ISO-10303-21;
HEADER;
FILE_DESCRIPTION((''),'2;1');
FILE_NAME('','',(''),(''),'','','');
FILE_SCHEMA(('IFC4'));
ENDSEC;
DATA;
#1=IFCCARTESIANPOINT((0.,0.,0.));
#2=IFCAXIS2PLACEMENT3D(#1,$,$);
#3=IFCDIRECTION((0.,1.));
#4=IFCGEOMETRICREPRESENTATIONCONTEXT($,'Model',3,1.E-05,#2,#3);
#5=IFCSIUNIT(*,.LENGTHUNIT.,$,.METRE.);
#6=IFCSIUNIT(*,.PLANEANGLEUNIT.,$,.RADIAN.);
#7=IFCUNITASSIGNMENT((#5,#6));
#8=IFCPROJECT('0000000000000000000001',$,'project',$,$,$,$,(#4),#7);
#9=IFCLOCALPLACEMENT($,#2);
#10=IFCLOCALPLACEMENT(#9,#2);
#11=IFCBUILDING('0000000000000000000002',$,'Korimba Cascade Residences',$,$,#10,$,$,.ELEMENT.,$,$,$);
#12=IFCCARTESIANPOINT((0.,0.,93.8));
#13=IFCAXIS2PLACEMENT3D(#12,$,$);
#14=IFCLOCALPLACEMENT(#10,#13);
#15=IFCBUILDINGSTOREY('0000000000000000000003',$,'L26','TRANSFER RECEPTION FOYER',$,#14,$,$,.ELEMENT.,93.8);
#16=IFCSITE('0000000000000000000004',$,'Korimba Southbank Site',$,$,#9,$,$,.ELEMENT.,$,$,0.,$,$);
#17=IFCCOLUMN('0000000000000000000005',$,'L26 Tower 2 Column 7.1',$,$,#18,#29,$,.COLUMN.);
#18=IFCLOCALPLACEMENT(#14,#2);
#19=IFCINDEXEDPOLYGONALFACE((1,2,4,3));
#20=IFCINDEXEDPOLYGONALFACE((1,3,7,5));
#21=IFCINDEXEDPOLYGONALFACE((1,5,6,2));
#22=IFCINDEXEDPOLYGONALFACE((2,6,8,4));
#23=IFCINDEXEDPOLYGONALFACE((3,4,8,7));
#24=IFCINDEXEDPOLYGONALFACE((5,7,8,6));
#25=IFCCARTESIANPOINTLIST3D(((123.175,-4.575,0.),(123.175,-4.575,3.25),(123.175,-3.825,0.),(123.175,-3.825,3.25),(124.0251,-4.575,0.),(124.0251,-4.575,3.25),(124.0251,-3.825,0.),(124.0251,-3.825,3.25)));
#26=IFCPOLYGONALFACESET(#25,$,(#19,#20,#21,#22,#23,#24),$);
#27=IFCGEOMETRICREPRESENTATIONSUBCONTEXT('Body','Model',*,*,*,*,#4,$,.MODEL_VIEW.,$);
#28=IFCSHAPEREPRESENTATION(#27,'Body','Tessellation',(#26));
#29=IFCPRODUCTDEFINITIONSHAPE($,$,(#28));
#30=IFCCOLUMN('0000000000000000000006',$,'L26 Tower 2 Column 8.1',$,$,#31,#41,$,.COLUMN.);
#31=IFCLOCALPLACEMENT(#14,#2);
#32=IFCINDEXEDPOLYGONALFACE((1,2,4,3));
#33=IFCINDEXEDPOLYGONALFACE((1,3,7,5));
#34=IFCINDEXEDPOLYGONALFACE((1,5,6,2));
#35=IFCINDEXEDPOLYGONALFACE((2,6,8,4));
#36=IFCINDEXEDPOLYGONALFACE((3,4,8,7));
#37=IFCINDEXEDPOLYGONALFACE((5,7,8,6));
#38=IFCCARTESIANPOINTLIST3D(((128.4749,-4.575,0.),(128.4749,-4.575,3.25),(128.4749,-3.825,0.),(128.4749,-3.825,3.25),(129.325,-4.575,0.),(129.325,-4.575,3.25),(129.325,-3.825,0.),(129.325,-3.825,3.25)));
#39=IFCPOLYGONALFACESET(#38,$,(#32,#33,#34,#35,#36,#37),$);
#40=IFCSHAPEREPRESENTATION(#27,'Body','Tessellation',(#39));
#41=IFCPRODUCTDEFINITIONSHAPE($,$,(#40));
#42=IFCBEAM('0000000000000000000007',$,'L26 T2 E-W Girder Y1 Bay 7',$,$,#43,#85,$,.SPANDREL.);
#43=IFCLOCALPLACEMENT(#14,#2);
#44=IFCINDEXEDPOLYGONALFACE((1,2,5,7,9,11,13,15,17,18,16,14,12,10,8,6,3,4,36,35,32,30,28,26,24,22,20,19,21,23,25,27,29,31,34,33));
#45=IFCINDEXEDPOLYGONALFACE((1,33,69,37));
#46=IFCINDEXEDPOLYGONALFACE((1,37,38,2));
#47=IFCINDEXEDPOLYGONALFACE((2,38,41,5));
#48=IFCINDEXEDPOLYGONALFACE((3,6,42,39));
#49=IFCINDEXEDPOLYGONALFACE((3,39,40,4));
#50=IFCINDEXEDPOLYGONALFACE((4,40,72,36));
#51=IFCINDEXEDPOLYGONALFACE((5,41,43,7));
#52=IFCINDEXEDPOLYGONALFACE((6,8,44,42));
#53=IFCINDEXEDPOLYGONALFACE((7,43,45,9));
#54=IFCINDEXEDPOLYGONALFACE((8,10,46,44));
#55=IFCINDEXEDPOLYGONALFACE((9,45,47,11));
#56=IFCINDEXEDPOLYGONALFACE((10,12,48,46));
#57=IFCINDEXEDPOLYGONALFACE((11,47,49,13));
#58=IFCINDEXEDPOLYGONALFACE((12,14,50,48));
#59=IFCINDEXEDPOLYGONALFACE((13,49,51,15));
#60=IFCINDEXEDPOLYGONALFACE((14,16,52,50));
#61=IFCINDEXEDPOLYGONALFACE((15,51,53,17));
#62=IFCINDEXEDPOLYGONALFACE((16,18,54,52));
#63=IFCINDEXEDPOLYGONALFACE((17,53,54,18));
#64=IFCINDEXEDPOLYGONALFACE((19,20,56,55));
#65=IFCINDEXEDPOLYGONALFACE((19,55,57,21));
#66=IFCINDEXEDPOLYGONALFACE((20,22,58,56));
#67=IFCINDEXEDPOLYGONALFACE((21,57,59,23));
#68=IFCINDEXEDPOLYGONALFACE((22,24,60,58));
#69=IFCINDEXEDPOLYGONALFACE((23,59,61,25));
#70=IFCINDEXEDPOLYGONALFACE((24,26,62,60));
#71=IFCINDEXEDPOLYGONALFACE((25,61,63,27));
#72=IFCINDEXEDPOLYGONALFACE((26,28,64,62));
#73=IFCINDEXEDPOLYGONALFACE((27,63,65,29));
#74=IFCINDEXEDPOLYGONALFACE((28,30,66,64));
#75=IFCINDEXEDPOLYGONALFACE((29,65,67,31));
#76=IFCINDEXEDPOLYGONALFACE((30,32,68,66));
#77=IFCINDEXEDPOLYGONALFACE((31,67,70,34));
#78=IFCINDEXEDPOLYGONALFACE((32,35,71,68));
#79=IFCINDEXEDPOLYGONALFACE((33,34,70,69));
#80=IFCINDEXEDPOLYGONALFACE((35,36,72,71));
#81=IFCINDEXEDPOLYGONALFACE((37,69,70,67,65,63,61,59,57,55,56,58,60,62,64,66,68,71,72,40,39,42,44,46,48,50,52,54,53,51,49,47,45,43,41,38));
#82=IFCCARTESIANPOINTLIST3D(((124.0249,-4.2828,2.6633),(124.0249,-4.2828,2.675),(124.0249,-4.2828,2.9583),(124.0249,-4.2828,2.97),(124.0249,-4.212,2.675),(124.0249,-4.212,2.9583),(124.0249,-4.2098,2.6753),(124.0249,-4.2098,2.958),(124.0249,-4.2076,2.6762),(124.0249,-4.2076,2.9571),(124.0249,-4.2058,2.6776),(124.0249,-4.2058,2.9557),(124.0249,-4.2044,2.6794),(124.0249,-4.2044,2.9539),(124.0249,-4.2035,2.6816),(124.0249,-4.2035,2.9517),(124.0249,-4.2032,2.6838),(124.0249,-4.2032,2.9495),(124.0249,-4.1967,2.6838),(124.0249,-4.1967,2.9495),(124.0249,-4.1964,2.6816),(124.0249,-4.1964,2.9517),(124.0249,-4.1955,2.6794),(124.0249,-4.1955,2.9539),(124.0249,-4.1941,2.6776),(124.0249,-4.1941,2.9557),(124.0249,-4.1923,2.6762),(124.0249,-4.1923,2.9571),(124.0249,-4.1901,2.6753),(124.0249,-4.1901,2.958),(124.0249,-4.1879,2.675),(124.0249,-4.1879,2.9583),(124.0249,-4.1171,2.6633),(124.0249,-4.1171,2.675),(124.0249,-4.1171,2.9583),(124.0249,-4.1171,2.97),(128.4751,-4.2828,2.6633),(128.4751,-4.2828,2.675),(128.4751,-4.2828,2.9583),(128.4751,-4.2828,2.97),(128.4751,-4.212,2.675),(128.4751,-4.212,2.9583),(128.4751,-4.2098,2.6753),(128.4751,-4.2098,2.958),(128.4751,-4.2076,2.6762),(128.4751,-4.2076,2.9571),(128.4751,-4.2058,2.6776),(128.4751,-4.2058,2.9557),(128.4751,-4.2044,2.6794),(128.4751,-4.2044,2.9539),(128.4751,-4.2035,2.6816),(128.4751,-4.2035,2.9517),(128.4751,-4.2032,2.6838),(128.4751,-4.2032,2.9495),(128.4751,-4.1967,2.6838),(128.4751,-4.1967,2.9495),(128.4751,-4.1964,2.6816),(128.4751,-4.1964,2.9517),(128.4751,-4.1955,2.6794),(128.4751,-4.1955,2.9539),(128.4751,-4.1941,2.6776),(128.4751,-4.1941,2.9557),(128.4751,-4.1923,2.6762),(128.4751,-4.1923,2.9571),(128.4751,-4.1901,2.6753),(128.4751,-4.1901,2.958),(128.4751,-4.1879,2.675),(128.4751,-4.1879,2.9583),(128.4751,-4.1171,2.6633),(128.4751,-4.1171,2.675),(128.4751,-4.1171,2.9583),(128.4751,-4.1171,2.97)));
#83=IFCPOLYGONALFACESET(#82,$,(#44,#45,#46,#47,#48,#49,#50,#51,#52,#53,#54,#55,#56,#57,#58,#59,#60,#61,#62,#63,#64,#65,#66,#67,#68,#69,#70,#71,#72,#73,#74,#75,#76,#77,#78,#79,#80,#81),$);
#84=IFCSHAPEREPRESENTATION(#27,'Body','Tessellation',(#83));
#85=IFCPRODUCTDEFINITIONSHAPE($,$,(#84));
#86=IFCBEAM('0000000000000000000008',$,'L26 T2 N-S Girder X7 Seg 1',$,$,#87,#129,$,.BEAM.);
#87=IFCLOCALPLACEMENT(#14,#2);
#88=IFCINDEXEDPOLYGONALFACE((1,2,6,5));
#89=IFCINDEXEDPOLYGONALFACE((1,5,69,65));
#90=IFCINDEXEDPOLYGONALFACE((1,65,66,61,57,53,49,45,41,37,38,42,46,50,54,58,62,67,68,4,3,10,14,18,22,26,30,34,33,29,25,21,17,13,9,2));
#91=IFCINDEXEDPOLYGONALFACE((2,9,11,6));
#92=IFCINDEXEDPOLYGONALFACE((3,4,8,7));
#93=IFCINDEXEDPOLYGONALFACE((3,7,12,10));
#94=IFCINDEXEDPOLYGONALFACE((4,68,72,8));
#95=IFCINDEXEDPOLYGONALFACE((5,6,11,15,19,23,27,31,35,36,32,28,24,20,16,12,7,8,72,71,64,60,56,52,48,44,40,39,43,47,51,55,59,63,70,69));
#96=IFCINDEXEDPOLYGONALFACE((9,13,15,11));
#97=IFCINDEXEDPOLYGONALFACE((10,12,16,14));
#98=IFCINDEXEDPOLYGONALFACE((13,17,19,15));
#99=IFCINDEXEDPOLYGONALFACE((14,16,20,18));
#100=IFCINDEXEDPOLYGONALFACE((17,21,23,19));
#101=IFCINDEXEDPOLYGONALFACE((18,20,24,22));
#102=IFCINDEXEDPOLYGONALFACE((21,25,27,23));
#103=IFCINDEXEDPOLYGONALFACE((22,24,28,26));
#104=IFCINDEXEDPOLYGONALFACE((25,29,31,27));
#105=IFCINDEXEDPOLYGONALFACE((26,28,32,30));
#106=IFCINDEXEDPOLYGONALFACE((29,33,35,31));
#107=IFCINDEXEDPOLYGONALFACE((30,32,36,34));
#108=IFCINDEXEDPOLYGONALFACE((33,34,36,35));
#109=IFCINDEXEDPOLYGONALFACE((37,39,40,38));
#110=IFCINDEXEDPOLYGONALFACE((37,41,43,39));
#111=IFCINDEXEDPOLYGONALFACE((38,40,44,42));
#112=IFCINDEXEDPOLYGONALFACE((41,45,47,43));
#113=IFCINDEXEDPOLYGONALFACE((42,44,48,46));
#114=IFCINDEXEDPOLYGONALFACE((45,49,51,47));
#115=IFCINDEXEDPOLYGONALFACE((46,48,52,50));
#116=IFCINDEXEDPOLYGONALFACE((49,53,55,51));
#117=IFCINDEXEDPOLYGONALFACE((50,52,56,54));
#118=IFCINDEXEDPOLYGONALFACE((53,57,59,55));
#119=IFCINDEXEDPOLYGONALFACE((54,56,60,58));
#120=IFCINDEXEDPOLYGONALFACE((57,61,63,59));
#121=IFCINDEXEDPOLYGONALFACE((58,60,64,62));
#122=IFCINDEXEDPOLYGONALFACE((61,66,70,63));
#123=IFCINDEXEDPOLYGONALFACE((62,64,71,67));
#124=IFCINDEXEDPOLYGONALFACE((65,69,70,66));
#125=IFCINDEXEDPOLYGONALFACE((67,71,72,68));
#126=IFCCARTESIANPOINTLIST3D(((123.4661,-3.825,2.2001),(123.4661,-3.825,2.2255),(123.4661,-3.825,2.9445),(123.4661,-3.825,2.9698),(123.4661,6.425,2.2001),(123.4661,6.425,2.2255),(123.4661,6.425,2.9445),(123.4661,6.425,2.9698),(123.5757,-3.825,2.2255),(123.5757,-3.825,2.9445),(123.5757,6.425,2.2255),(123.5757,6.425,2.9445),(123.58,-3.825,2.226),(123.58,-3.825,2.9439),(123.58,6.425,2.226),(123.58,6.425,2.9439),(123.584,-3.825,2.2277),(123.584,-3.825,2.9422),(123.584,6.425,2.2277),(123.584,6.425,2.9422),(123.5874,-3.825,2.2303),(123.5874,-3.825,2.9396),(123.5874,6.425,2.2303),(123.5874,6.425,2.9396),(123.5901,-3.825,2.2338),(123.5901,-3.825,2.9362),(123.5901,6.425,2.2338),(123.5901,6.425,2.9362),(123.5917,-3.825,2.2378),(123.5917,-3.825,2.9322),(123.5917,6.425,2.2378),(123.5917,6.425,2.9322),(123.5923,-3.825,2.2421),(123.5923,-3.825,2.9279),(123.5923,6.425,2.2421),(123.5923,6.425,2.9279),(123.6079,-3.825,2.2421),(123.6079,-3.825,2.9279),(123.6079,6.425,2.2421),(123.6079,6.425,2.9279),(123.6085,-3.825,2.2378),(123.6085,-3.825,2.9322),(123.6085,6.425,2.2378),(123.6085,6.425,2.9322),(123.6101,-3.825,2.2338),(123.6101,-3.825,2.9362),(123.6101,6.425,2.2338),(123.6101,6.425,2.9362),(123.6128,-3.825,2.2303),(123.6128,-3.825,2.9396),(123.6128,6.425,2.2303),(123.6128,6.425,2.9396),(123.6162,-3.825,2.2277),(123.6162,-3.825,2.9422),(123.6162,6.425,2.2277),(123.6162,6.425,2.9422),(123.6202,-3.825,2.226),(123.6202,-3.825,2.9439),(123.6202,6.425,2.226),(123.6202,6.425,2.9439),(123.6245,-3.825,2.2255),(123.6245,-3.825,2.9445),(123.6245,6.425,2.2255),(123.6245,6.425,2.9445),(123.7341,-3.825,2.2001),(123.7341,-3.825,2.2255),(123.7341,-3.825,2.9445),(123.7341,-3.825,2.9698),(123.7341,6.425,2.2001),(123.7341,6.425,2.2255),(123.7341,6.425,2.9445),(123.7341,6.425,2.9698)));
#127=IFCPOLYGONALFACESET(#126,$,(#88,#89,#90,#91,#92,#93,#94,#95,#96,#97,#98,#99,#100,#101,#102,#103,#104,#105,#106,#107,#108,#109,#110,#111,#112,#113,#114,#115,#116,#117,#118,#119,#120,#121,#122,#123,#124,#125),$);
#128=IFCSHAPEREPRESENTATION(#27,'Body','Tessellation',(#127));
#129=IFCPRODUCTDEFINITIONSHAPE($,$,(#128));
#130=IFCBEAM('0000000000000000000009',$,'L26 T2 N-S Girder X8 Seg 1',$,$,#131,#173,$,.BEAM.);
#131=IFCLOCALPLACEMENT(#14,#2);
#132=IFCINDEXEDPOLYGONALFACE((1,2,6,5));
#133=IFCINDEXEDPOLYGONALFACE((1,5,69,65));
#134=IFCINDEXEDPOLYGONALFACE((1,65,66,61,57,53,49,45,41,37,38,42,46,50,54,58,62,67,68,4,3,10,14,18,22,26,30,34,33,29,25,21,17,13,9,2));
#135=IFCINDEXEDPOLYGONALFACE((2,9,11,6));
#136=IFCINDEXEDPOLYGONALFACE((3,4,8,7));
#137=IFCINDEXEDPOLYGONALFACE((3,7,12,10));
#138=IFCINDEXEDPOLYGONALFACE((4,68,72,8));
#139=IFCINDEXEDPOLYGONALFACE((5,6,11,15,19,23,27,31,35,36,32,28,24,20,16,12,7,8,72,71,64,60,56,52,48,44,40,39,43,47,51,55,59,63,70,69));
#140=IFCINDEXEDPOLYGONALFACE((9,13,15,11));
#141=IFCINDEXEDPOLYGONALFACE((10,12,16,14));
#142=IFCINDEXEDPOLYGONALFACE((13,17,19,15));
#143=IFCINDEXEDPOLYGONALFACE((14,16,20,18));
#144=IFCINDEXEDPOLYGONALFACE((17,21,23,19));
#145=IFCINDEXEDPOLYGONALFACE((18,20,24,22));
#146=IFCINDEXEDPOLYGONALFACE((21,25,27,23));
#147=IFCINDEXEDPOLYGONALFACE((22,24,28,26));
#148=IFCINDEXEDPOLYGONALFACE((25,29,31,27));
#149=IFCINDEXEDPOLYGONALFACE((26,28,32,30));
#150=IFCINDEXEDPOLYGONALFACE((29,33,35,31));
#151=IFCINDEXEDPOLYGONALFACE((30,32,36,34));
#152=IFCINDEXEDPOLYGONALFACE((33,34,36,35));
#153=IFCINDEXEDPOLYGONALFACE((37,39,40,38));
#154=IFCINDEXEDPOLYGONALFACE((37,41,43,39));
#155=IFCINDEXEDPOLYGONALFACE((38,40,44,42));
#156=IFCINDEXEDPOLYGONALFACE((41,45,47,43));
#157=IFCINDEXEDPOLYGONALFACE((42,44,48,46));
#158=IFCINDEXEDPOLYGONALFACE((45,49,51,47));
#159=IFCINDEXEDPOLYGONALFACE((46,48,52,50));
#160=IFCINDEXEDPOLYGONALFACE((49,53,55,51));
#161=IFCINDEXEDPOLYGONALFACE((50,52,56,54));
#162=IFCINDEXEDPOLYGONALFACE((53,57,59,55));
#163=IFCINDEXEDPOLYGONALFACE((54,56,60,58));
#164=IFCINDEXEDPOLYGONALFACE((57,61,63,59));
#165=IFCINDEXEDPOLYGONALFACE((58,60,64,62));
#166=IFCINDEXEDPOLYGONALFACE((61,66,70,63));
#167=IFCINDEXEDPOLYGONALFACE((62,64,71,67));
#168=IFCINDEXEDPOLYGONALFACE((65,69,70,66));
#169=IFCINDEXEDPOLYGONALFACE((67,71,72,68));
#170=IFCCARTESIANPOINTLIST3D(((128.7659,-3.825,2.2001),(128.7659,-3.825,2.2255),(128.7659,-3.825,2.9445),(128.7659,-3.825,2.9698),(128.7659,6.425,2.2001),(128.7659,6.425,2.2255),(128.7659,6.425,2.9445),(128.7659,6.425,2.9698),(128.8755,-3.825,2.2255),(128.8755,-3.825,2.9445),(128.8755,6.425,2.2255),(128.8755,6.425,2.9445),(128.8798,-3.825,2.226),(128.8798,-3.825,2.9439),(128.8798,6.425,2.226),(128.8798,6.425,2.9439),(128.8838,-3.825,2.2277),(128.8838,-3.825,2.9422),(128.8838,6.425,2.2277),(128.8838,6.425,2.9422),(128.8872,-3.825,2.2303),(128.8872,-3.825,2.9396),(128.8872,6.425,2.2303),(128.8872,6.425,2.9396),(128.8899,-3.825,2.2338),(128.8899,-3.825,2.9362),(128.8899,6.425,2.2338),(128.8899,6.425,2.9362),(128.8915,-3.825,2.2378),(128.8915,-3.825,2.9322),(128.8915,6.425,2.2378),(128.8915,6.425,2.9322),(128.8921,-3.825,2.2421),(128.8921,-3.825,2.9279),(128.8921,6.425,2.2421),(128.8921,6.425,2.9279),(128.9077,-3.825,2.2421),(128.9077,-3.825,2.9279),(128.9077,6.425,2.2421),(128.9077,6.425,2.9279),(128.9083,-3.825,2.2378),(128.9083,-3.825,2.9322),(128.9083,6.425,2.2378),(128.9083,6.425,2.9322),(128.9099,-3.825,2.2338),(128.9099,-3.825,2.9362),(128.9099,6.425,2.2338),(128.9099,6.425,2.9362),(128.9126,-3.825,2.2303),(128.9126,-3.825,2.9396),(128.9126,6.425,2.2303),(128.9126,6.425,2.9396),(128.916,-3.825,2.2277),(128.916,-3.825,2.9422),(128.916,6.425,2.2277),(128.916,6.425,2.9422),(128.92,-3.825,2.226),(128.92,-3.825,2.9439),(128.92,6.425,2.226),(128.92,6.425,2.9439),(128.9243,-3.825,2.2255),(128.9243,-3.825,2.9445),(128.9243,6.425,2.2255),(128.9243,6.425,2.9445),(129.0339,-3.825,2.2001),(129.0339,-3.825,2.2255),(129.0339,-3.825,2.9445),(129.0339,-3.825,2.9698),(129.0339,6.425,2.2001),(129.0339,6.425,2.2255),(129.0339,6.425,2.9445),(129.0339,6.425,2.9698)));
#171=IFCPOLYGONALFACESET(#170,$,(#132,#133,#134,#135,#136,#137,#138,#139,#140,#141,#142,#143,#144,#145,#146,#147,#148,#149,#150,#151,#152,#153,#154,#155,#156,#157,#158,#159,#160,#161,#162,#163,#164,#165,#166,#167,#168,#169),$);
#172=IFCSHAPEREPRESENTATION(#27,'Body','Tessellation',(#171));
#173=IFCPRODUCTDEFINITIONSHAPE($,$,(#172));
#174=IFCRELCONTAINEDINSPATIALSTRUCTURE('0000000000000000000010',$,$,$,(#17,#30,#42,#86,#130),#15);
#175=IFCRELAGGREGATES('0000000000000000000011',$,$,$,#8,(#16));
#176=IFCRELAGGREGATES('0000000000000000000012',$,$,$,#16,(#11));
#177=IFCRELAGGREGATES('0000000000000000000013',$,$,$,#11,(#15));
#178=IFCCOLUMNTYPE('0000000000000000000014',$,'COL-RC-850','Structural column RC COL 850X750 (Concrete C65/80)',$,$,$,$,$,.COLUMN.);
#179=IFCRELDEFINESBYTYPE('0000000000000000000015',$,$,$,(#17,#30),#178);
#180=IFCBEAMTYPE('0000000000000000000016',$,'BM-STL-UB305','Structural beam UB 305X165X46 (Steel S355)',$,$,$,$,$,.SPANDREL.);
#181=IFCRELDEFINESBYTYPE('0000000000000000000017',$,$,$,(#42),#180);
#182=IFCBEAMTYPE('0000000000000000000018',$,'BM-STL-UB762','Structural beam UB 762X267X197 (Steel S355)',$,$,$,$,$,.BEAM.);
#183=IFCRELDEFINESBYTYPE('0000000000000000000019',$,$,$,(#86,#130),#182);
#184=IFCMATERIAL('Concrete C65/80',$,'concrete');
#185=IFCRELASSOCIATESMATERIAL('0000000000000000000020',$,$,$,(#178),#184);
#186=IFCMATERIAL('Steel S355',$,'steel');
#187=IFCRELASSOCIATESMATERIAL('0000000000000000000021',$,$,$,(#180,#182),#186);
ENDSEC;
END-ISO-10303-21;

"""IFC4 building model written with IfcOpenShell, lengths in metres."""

from ifc_helpers import new_model, si_unit, direction, frame, origin, origin_2d, place, context, subcontext, project, spatial, rectangle, i_section, extrude, material, material_profile, profile_set, type_object, element, save


model = new_model("IFC4")

# Units and contexts
model_context = context("Model", 3, precision=1e-05, world=origin(), true_north=direction((0.0, 1.0)))
body_context = subcontext(model_context, "Body", "Model", "MODEL_VIEW")
ifc_project = project(units=[si_unit("LENGTHUNIT", "METRE"), si_unit("PLANEANGLEUNIT", "RADIAN")], contexts=[model_context])

# Site, building, storey
site_placement = place(None, origin())
site = spatial("IfcSite", under=ifc_project, at=site_placement, Name="Korimba Southbank Site", CompositionType="ELEMENT", RefElevation=0.0)
building_placement = place(site_placement, origin())
building = spatial("IfcBuilding", under=site, at=building_placement, Name="Korimba Cascade Residences", CompositionType="ELEMENT")
storey_placement = place(building_placement, frame((0.0, 0.0, 93.8)))
storey = spatial("IfcBuildingStorey", under=building, at=storey_placement, Name="L26", Description="TRANSFER RECEPTION FOYER", CompositionType="ELEMENT", Elevation=93.8)

# Columns
ifc_material_1 = material(Name="Concrete C65/80", Category="concrete")
ifc_material_profile_1 = material_profile(ifc_material_1, rectangle(XDim=0.8501, YDim=0.75, at=origin_2d()), Name="Concrete C65/80")
ifc_profile_set_1 = profile_set([ifc_material_profile_1], Name="Concrete C65/80")
column_type = type_object("IfcColumnType", Name="COL-RC-850", Description="Structural column RC COL 850X750 (Concrete C65/80)", PredefinedType="COLUMN", material=ifc_profile_set_1)
for number, where, z_axis, x_axis, name in (
    (1, (123.6001, -4.2, 0.0), (0.0, 0.0, 1.0), (1.0, 0.0, 0.0), "L26 Tower 2 Column 7.1"),
    (2, (128.8999, -4.2, 0.0), (0.0, 0.0, 1.0), (1.0, 0.0, 0.0), "L26 Tower 2 Column 8.1"),
):
    element("IfcColumn", number, at=place(storey_placement, frame(where, z_axis=z_axis, x_axis=x_axis)), inside=storey, type_object=column_type, Name=name, PredefinedType="COLUMN", context=body_context, shape_type="SweptSolid", body=[
        extrude(rectangle(XDim=0.8501, YDim=0.75, at=origin_2d()), origin(), (0.0, 0.0, 1.0), 3.25),
    ])

# Beams
ifc_material_2 = material(Name="Steel S355", Category="steel")
ifc_material_profile_2 = material_profile(ifc_material_2, i_section(OverallWidth=0.1658, OverallDepth=0.3066, WebThickness=0.0066, FlangeThickness=0.0117, FilletRadius=0.0088, at=origin_2d()), Name="Steel S355")
ifc_profile_set_2 = profile_set([ifc_material_profile_2], Name="Steel S355")
beam_type_1 = type_object("IfcBeamType", Name="BM-STL-UB305", Description="Structural beam UB 305X165X46 (Steel S355)", PredefinedType="SPANDREL", material=ifc_profile_set_2)
beam_placement = place(storey_placement, frame((124.0249, -4.2, 2.8167), z_axis=(1.0, 0.0, 0.0), x_axis=(0.0, 1.0, 0.0)))
element("IfcBeam", 3, at=beam_placement, inside=storey, type_object=beam_type_1, Name="L26 T2 E-W Girder Y1 Bay 7", PredefinedType="SPANDREL", context=body_context, shape_type="SweptSolid", body=[
    extrude(i_section(OverallWidth=0.1658, OverallDepth=0.3066, WebThickness=0.0066, FlangeThickness=0.0117, FilletRadius=0.0088, at=origin_2d()), origin(), (0.0, 0.0, 1.0), 4.4502),
])
ifc_material_profile_3 = material_profile(ifc_material_2, i_section(OverallWidth=0.2681, OverallDepth=0.7698, WebThickness=0.0156, FlangeThickness=0.0254, FilletRadius=0.0166, at=origin_2d()), Name="Steel S355")
ifc_profile_set_3 = profile_set([ifc_material_profile_3], Name="Steel S355")
beam_type_2 = type_object("IfcBeamType", Name="BM-STL-UB762", Description="Structural beam UB 762X267X197 (Steel S355)", PredefinedType="BEAM", material=ifc_profile_set_3)
for number, where, z_axis, x_axis, name in (
    (4, (123.6001, -3.825, 2.585), (0.0, 1.0, 0.0), (-1.0, 0.0, 0.0), "L26 T2 N-S Girder X7 Seg 1"),
    (5, (128.8999, -3.825, 2.585), (0.0, 1.0, 0.0), (-1.0, 0.0, 0.0), "L26 T2 N-S Girder X8 Seg 1"),
):
    element("IfcBeam", number, at=place(storey_placement, frame(where, z_axis=z_axis, x_axis=x_axis)), inside=storey, type_object=beam_type_2, Name=name, PredefinedType="BEAM", context=body_context, shape_type="SweptSolid", body=[
        extrude(i_section(OverallWidth=0.2681, OverallDepth=0.7698, WebThickness=0.0156, FlangeThickness=0.0254, FilletRadius=0.0166, at=origin_2d()), origin(), (0.0, 0.0, 1.0), 10.25),
    ])

save(model, "model.ifc")
